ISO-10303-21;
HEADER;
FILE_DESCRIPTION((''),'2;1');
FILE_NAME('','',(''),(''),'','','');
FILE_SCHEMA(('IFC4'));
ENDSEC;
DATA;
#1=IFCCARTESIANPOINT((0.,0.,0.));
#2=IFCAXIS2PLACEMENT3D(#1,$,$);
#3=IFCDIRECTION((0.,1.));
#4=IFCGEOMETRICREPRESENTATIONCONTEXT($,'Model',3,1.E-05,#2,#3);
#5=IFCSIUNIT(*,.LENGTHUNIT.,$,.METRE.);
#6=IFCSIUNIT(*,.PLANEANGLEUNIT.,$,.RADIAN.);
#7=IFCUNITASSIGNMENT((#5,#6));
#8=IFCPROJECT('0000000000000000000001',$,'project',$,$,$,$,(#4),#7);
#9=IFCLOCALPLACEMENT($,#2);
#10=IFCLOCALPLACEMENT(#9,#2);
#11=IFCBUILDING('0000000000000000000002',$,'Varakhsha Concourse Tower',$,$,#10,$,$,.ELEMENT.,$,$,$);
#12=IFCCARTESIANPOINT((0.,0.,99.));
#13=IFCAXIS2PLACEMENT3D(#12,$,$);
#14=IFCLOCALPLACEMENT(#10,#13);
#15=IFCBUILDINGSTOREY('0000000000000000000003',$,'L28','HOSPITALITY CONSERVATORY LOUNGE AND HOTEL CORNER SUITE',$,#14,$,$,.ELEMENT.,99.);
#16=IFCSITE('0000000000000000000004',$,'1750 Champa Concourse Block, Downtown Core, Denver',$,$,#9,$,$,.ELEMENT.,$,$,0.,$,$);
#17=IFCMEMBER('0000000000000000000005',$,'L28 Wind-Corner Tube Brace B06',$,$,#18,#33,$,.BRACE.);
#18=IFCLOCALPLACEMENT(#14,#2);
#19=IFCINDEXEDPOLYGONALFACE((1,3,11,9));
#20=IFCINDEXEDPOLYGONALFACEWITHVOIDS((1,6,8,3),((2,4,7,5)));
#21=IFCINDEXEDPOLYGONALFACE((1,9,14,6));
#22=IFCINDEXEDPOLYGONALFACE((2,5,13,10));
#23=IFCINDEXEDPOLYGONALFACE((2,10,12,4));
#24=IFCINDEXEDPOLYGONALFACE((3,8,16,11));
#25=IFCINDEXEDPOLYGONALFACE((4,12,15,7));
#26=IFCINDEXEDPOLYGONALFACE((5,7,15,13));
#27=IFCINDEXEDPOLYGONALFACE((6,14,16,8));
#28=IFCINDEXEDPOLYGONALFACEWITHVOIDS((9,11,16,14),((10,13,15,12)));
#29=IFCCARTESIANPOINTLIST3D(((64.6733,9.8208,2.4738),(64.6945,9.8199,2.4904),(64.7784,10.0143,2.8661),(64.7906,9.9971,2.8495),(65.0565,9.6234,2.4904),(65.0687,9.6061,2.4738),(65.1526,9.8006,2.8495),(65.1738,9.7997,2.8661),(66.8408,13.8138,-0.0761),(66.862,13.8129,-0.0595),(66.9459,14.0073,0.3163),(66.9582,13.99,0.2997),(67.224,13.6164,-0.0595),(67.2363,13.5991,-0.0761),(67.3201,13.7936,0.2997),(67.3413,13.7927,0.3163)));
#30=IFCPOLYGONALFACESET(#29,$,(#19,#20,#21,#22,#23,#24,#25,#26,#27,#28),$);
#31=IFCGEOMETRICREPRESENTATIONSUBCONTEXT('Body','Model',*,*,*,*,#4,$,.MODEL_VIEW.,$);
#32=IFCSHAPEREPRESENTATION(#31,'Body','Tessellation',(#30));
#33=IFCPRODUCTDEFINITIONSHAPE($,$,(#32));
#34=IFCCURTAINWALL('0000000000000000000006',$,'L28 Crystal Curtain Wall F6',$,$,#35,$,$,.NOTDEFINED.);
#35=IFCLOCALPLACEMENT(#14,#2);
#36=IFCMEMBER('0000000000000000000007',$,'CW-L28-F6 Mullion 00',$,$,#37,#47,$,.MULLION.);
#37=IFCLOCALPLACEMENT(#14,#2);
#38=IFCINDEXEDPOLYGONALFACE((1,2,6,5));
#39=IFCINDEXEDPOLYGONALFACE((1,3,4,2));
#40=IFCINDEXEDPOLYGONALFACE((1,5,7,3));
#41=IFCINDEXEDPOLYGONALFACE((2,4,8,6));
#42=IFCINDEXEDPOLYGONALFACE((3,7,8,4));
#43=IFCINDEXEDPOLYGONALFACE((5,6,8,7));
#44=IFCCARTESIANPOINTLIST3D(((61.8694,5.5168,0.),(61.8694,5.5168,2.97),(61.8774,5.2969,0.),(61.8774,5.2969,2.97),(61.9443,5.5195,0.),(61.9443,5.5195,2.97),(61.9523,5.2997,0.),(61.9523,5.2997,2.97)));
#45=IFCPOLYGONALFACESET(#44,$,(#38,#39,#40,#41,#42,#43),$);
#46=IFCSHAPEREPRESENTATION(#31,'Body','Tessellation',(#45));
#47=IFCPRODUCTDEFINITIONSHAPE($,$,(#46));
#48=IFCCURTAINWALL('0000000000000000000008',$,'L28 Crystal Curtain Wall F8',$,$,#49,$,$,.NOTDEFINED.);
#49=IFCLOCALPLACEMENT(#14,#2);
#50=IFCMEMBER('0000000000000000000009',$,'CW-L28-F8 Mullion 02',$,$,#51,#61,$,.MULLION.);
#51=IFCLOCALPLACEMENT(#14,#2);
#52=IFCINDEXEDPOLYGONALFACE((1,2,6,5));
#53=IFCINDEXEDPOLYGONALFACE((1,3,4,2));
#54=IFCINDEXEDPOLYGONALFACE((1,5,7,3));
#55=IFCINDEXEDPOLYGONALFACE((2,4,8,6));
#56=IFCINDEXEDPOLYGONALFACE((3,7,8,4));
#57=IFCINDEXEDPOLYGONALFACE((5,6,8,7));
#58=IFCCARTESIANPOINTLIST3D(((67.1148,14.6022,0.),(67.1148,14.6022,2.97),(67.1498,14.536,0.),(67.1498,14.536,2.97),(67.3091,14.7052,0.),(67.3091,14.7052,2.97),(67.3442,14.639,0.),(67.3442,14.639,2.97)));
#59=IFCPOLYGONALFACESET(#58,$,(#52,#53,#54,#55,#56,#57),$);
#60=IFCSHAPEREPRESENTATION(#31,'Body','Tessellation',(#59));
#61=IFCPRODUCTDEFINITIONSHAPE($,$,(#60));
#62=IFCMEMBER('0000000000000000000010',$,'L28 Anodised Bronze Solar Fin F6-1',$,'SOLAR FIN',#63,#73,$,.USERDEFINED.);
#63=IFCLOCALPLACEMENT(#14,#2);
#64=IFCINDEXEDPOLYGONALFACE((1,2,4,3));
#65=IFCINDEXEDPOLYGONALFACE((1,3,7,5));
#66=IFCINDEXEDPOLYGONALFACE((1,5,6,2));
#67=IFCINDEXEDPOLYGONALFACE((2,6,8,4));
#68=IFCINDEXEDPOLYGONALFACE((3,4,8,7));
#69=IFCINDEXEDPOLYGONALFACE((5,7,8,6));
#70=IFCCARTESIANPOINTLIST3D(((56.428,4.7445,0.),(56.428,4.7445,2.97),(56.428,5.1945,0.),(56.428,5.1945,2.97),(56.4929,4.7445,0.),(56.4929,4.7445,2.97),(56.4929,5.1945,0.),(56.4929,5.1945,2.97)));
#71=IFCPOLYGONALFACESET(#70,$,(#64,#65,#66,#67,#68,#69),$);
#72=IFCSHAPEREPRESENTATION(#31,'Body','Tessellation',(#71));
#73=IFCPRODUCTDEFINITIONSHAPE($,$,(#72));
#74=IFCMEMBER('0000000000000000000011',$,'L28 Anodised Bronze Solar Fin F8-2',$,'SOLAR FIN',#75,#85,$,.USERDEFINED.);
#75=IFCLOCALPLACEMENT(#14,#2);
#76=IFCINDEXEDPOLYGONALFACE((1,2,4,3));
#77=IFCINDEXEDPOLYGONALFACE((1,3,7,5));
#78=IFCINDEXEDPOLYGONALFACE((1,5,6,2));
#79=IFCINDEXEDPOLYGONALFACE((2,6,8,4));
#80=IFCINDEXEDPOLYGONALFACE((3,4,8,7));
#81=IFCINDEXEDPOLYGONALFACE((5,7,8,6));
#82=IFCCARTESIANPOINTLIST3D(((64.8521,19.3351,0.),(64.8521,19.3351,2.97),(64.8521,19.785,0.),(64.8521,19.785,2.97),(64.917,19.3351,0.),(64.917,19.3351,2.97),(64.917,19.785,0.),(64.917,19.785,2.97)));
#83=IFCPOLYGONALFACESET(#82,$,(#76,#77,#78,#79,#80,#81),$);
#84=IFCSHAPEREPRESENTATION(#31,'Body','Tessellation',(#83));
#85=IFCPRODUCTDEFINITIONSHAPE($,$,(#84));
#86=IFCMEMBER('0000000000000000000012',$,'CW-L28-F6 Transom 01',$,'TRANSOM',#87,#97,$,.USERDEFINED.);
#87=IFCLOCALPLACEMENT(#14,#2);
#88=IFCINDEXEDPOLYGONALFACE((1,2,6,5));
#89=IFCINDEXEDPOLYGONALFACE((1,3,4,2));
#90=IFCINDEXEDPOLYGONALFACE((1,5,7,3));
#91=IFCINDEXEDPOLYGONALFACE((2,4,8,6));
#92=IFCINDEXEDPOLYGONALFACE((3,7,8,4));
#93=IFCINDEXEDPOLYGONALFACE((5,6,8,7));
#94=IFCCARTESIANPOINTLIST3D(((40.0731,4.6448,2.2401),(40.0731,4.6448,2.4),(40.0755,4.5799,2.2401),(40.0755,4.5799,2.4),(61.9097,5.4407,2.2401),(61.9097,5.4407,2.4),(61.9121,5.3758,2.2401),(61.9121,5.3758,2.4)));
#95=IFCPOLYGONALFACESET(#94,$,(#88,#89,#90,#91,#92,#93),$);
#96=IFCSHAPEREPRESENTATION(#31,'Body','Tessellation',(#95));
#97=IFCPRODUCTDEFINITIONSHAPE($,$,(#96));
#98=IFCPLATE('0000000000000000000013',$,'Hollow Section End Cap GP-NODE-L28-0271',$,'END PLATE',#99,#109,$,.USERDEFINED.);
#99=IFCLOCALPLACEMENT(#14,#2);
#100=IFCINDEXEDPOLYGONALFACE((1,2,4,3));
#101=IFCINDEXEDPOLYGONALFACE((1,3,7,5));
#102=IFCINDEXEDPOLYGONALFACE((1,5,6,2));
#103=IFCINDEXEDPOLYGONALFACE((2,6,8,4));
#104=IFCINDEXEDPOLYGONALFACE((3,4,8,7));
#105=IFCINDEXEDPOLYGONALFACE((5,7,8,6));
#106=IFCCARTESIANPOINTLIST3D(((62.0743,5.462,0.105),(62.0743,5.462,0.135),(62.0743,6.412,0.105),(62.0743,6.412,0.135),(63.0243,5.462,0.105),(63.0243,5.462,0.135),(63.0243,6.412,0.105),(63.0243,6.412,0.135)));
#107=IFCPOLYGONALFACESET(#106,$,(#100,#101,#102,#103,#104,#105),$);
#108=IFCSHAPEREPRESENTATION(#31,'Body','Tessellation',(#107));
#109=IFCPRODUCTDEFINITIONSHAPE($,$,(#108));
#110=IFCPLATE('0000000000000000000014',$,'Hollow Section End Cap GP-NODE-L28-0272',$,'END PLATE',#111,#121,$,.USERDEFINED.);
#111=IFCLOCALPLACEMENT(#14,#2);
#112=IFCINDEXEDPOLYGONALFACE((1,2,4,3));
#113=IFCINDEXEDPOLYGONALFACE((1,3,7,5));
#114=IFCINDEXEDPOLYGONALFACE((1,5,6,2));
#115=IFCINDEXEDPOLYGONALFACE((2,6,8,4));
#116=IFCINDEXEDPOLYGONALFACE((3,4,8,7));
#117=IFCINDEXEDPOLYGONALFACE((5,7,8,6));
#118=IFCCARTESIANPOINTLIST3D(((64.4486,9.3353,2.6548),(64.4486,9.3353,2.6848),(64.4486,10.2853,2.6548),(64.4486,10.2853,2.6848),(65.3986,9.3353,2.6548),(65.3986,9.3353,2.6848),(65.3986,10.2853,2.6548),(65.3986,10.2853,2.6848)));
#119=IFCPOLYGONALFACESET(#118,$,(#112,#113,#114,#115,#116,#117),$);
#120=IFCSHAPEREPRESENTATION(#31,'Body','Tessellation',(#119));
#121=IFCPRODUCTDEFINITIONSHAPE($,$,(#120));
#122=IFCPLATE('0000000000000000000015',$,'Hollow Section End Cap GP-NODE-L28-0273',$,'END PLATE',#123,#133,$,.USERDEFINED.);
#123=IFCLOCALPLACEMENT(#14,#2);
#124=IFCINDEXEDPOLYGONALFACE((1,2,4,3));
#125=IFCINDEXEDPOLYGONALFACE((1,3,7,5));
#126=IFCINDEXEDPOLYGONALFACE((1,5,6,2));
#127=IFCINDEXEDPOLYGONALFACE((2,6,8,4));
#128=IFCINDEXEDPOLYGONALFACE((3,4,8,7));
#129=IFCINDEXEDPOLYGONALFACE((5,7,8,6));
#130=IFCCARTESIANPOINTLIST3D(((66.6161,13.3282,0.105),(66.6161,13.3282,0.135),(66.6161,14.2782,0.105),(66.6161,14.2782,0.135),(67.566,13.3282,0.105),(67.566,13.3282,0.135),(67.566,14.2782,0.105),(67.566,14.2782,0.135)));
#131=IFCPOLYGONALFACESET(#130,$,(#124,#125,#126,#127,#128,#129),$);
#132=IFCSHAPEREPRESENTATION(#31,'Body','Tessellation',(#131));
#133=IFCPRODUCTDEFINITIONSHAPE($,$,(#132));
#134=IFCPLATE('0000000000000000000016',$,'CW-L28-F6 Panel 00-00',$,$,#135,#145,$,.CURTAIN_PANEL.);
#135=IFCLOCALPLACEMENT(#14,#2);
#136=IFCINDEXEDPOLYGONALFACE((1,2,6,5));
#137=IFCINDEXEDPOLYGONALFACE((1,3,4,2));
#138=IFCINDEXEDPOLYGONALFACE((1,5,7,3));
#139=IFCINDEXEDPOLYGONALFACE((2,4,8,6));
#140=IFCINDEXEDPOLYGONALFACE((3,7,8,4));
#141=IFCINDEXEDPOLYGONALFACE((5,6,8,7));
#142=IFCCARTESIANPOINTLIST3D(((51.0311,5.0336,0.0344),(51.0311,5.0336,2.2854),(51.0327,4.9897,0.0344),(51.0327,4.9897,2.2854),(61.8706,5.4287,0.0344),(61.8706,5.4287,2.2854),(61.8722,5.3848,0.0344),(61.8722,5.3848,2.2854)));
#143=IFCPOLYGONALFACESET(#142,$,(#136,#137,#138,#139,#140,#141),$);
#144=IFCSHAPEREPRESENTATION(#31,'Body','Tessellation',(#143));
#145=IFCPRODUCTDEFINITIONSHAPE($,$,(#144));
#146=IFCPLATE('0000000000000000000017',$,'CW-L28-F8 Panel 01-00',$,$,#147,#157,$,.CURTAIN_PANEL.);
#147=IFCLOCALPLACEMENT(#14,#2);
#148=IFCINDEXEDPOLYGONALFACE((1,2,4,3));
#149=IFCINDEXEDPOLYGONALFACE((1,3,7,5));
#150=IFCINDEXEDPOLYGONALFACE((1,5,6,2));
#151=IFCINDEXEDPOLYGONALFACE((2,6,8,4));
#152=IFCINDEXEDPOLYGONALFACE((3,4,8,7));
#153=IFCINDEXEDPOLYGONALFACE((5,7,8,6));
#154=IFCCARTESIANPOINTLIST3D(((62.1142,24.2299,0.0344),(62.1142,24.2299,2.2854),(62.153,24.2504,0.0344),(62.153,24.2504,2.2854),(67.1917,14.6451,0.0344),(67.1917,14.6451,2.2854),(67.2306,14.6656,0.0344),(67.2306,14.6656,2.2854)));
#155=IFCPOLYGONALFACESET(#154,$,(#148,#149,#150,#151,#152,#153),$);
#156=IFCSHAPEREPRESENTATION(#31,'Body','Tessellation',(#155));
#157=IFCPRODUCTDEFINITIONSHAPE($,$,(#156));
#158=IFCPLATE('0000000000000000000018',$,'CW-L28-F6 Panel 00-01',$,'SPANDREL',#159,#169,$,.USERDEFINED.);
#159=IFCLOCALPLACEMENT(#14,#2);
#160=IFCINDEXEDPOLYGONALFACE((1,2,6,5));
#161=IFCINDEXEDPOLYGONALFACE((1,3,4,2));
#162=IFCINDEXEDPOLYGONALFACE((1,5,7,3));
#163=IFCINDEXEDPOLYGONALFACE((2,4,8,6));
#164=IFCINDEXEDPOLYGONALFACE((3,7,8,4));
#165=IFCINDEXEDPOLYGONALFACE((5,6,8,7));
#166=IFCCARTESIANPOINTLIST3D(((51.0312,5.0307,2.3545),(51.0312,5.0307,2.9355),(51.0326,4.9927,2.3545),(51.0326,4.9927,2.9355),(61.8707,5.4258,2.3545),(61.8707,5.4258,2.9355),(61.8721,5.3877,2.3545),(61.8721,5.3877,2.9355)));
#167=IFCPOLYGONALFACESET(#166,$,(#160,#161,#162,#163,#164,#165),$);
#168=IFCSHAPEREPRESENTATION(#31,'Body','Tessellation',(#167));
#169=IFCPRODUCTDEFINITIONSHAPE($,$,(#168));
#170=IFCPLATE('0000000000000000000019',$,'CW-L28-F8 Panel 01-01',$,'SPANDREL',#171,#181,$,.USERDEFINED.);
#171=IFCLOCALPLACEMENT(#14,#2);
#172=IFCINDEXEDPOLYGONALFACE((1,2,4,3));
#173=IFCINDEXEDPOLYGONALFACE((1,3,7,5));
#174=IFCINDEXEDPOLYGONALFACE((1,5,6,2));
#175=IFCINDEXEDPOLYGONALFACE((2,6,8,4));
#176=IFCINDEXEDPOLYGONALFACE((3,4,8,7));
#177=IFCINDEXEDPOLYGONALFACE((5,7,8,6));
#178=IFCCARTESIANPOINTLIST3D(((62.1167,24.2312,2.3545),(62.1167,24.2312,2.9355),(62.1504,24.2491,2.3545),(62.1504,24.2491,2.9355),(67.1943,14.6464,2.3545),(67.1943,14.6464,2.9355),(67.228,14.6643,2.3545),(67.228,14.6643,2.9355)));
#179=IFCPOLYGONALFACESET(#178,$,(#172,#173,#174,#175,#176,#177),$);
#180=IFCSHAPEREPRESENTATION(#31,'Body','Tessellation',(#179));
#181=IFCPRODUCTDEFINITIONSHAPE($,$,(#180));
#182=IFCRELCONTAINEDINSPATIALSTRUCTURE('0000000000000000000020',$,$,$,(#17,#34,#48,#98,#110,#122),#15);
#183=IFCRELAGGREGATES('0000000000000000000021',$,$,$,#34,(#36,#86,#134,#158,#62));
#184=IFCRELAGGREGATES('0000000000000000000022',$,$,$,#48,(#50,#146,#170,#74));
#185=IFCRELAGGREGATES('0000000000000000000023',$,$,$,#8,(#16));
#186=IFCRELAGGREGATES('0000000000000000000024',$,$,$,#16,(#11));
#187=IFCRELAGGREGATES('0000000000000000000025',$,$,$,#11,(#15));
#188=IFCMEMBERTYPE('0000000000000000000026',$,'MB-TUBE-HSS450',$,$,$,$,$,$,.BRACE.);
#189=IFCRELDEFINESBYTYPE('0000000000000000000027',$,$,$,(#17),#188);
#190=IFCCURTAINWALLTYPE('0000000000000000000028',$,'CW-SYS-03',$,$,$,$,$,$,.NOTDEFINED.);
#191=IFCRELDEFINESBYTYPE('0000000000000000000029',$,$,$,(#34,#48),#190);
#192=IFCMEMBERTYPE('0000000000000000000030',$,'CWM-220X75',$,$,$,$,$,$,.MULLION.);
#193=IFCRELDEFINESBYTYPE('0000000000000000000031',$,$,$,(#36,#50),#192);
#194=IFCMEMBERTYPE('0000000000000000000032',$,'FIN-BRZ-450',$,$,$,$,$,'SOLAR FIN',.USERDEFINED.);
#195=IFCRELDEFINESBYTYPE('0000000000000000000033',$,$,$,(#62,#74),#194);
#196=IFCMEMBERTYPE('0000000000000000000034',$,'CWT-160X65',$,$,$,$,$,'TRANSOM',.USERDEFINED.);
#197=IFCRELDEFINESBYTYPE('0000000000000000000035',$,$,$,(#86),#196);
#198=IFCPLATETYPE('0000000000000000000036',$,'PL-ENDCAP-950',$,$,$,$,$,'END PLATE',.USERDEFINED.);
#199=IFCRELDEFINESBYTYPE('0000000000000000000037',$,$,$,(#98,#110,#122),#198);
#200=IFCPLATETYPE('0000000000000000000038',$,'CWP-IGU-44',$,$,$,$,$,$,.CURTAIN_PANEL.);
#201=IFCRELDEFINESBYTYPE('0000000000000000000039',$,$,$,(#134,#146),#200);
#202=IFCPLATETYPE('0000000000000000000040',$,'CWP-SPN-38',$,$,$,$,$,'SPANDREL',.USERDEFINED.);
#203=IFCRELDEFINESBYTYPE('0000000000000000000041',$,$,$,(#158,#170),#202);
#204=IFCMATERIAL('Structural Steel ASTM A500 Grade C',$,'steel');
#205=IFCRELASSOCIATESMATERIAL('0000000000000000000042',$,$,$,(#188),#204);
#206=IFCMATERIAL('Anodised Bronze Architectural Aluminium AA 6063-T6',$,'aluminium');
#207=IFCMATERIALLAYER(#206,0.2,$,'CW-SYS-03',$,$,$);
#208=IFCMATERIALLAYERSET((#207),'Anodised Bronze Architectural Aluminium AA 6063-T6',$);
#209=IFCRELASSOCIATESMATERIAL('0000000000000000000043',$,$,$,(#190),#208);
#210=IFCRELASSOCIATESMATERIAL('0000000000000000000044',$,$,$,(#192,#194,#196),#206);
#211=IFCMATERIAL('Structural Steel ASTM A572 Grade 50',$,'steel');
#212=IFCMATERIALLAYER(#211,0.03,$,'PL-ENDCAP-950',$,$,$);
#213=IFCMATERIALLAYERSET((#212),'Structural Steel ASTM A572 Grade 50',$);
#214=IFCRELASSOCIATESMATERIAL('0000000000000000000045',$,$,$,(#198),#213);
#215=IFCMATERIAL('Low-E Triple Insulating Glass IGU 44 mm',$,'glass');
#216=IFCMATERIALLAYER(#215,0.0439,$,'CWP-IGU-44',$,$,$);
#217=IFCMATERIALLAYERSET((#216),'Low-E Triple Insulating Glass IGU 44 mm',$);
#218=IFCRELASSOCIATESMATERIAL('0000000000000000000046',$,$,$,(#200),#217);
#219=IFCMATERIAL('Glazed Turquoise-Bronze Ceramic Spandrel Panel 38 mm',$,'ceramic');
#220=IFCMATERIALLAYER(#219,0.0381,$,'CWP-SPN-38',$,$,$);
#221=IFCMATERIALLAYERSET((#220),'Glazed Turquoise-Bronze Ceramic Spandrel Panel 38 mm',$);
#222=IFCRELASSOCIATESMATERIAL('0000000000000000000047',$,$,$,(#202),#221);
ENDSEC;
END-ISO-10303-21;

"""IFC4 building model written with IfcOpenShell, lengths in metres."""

from ifc_helpers import new_model, si_unit, direction, frame, origin, origin_2d, place, context, subcontext, project, spatial, rectangle, hollow_rectangle, extrude, source, transform, mapped, material, layer, layer_set, material_profile, profile_set, type_object, type_shapes, element, aggregate, save


model = new_model("IFC4")

# Units and contexts
model_context = context("Model", 3, precision=1e-05, world=origin(), true_north=direction((0.0, 1.0)))
body_context = subcontext(model_context, "Body", "Model", "MODEL_VIEW")
ifc_project = project(units=[si_unit("LENGTHUNIT", "METRE"), si_unit("PLANEANGLEUNIT", "RADIAN")], contexts=[model_context])

# Site, building, storey
site_placement = place(None, origin())
site = spatial("IfcSite", under=ifc_project, at=site_placement, Name="1750 Champa Concourse Block, Downtown Core, Denver", CompositionType="ELEMENT", RefElevation=0.0)
building_placement = place(site_placement, origin())
building = spatial("IfcBuilding", under=site, at=building_placement, Name="Varakhsha Concourse Tower", CompositionType="ELEMENT")
storey_placement = place(building_placement, frame((0.0, 0.0, 99.0)))
storey = spatial("IfcBuildingStorey", under=building, at=storey_placement, Name="L28", Description="HOSPITALITY CONSERVATORY LOUNGE AND HOTEL CORNER SUITE", CompositionType="ELEMENT", Elevation=99.0)

# Shared definitions
ifc_material_1 = material(Name="Structural Steel ASTM A572 Grade 50", Category="steel")

# Member
ifc_material_2 = material(Name="Structural Steel ASTM A500 Grade C", Category="steel")
ifc_material_profile_1 = material_profile(ifc_material_2, hollow_rectangle(XDim=0.45, YDim=0.45, WallThickness=0.019, at=origin_2d()), Name="HSS 450x450x19")
ifc_profile_set_1 = profile_set([ifc_material_profile_1], Name="Structural Steel ASTM A500 Grade C")
member_type_1 = type_object("IfcMemberType", Name="MB-TUBE-HSS450", PredefinedType="BRACE", material=ifc_profile_set_1)
shared_shape_1 = source(origin(), body_context, "Body", "SweptSolid", [
    extrude(hollow_rectangle(XDim=0.45, YDim=0.45, WallThickness=0.019, at=origin_2d()), origin(), (0.0, 0.0, 1.0), 5.21),
])
member_1_placement = place(storey_placement, frame((67.0911, 13.8032, 0.1201), z_axis=(-0.416032, -0.766413, 0.489417), x_axis=(0.878863, -0.477074, 0.0)))
element("IfcMember", 1, at=member_1_placement, inside=storey, type_object=member_type_1, Name="L28 Wind-Corner Tube Brace B06", PredefinedType="BRACE", context=body_context, shape_type="MappedRepresentation", body=[
    mapped(shared_shape_1, transform((0.0, 0.0, 0.0), scale=1.0)),
])

# Curtain walls, members
ifc_material_3 = material(Name="Anodised Bronze Architectural Aluminium AA 6063-T6", Category="aluminium")
ifc_layer_1 = layer(ifc_material_3, 0.2, Name="CW-SYS-03")
ifc_layer_set_1 = layer_set([ifc_layer_1], Name="Anodised Bronze Architectural Aluminium AA 6063-T6")
curtain_wall_type = type_object("IfcCurtainWallType", Name="CW-SYS-03", PredefinedType="NOTDEFINED", material=ifc_layer_set_1)
curtain_wall_1_placement = place(storey_placement, origin())
curtain_wall_1 = element("IfcCurtainWall", 2, at=curtain_wall_1_placement, inside=storey, type_object=curtain_wall_type, Name="L28 Crystal Curtain Wall F6", PredefinedType="NOTDEFINED")
ifc_material_profile_2 = material_profile(ifc_material_3, rectangle(XDim=0.075, YDim=0.22, at=origin_2d()), Name="CWM-220X75")
ifc_profile_set_2 = profile_set([ifc_material_profile_2], Name="Anodised Bronze Architectural Aluminium AA 6063-T6")
member_type_2 = type_object("IfcMemberType", Name="CWM-220X75", PredefinedType="MULLION", material=ifc_profile_set_2)
shared_shape_2 = source(origin(), body_context, "Body", "SweptSolid", [
    extrude(rectangle(XDim=0.075, YDim=0.22, at=origin_2d()), origin(), (0.0, 0.0, 1.0), 2.97),
])
type_shapes(member_type_2, [shared_shape_2])
member_2_placement = place(storey_placement, frame((61.9109, 5.4082, 0.0), z_axis=(0.0, 0.0, 1.0), x_axis=(-0.999336, -0.036424, 0.0)))
member_2 = element("IfcMember", 3, at=member_2_placement, type_object=member_type_2, Name="CW-L28-F6 Mullion 00", PredefinedType="MULLION", context=body_context, shape_type="MappedRepresentation", body=[
    mapped(shared_shape_2, transform((0.0, 0.0, 0.0), scale=1.0)),
])
curtain_wall_2_placement = place(storey_placement, origin())
curtain_wall_2 = element("IfcCurtainWall", 4, at=curtain_wall_2_placement, inside=storey, type_object=curtain_wall_type, Name="L28 Crystal Curtain Wall F8", PredefinedType="NOTDEFINED")
member_3_placement = place(storey_placement, frame((67.2295, 14.6206, 0.0), z_axis=(0.0, 0.0, 1.0), x_axis=(0.468124, -0.883663, 0.0)))
member_3 = element("IfcMember", 5, at=member_3_placement, type_object=member_type_2, Name="CW-L28-F8 Mullion 02", PredefinedType="MULLION", context=body_context, shape_type="MappedRepresentation", body=[
    mapped(shared_shape_2, transform((0.0, 0.0, 0.0), scale=1.0)),
])

# Members
ifc_material_profile_3 = material_profile(ifc_material_3, rectangle(XDim=0.0649, YDim=0.45, at=origin_2d()), Name="FIN-BRZ-450")
ifc_profile_set_3 = profile_set([ifc_material_profile_3], Name="Anodised Bronze Architectural Aluminium AA 6063-T6")
member_type_3 = type_object("IfcMemberType", Name="FIN-BRZ-450", ElementType="SOLAR FIN", PredefinedType="USERDEFINED", material=ifc_profile_set_3)
shared_shape_3 = source(origin(), body_context, "Body", "SweptSolid", [
    extrude(rectangle(XDim=0.0649, YDim=0.45, at=origin_2d()), origin(), (0.0, 0.0, 1.0), 2.97),
])
type_shapes(member_type_3, [shared_shape_3])
member_4_placement = place(storey_placement, frame((56.4604, 4.9695, 0.0), z_axis=(0.0, 0.0, 1.0), x_axis=(1.0, 0.0, 0.0)))
member_4 = element("IfcMember", 6, at=member_4_placement, type_object=member_type_3, Name="L28 Anodised Bronze Solar Fin F6-1", ObjectType="SOLAR FIN", PredefinedType="USERDEFINED", context=body_context, shape_type="MappedRepresentation", body=[
    mapped(shared_shape_3, transform((0.0, 0.0, 0.0), scale=1.0)),
])
member_5_placement = place(storey_placement, frame((64.8845, 19.5601, 0.0), z_axis=(0.0, 0.0, 1.0), x_axis=(1.0, 0.0, 0.0)))
member_5 = element("IfcMember", 7, at=member_5_placement, type_object=member_type_3, Name="L28 Anodised Bronze Solar Fin F8-2", ObjectType="SOLAR FIN", PredefinedType="USERDEFINED", context=body_context, shape_type="MappedRepresentation", body=[
    mapped(shared_shape_3, transform((0.0, 0.0, 0.0), scale=1.0)),
])
ifc_material_profile_4 = material_profile(ifc_material_3, rectangle(XDim=0.0649, YDim=0.1599, at=origin_2d()), Name="CWT-160X65")
ifc_profile_set_4 = profile_set([ifc_material_profile_4], Name="Anodised Bronze Architectural Aluminium AA 6063-T6")
member_type_4 = type_object("IfcMemberType", Name="CWT-160X65", ElementType="TRANSOM", PredefinedType="USERDEFINED", material=ifc_profile_set_4)
shared_shape_4 = source(origin(), body_context, "Body", "SweptSolid", [
    extrude(rectangle(XDim=0.0649, YDim=0.1599, at=origin_2d()), origin(), (0.0, 0.0, 1.0), 21.8511),
])
type_shapes(member_type_4, [shared_shape_4])
member_6_placement = place(storey_placement, frame((61.9109, 5.4082, 2.3201), z_axis=(-0.999336, -0.036424, 0.0), x_axis=(0.036424, -0.999336, 0.0)))
member_6 = element("IfcMember", 8, at=member_6_placement, type_object=member_type_4, Name="CW-L28-F6 Transom 01", ObjectType="TRANSOM", PredefinedType="USERDEFINED", context=body_context, shape_type="MappedRepresentation", body=[
    mapped(shared_shape_4, transform((0.0, 0.0, 0.0), scale=1.0)),
])

# Plates
ifc_layer_2 = layer(ifc_material_1, 0.03, Name="PL-ENDCAP-950")
ifc_layer_set_2 = layer_set([ifc_layer_2], Name="Structural Steel ASTM A572 Grade 50")
plate_type_1 = type_object("IfcPlateType", Name="PL-ENDCAP-950", ElementType="END PLATE", PredefinedType="USERDEFINED", material=ifc_layer_set_2)
shared_shape_5 = source(origin(), body_context, "Body", "SweptSolid", [
    extrude(rectangle(XDim=0.95, YDim=0.95, at=origin_2d()), origin(), (0.0, 0.0, 1.0), 0.03),
])
type_shapes(plate_type_1, [shared_shape_5])
for number, where, z_axis, x_axis, name in (
    (9, (62.5493, 5.937, 0.105), (0.0, 0.0, 1.0), (1.0, 0.0, 0.0), "Hollow Section End Cap GP-NODE-L28-0271"),
    (10, (64.9236, 9.8103, 2.6548), (0.0, 0.0, 1.0), (1.0, 0.0, 0.0), "Hollow Section End Cap GP-NODE-L28-0272"),
    (11, (67.0911, 13.8032, 0.105), (0.0, 0.0, 1.0), (1.0, 0.0, 0.0), "Hollow Section End Cap GP-NODE-L28-0273"),
):
    element("IfcPlate", number, at=place(storey_placement, frame(where, z_axis=z_axis, x_axis=x_axis)), inside=storey, type_object=plate_type_1, Name=name, ObjectType="END PLATE", PredefinedType="USERDEFINED", context=body_context, shape_type="MappedRepresentation", body=[
        mapped(shared_shape_5, transform((0.0, 0.0, 0.0), scale=1.0)),
    ])

# Plates
ifc_material_4 = material(Name="Low-E Triple Insulating Glass IGU 44 mm", Category="glass")
ifc_layer_3 = layer(ifc_material_4, 0.0439, Name="CWP-IGU-44")
ifc_layer_set_3 = layer_set([ifc_layer_3], Name="Low-E Triple Insulating Glass IGU 44 mm")
plate_type_2 = type_object("IfcPlateType", Name="CWP-IGU-44", PredefinedType="CURTAIN_PANEL", material=ifc_layer_set_3)
shared_shape_6 = source(origin(), body_context, "Body", "SweptSolid", [
    extrude(rectangle(XDim=10.8467, YDim=0.0439, at=origin_2d()), origin(), (0.0, 0.0, 1.0), 2.251),
])
type_shapes(plate_type_2, [shared_shape_6])
plate_1_placement = place(storey_placement, frame((56.4517, 5.2092, 0.0344), z_axis=(0.0, 0.0, 1.0), x_axis=(-0.999336, -0.036424, 0.0)))
plate_1 = element("IfcPlate", 12, at=plate_1_placement, type_object=plate_type_2, Name="CW-L28-F6 Panel 00-00", PredefinedType="CURTAIN_PANEL", context=body_context, shape_type="MappedRepresentation", body=[
    mapped(shared_shape_6, transform((0.0, 0.0, 0.0), scale=1.0)),
])
plate_2_placement = place(storey_placement, frame((64.6724, 19.4478, 0.0344), z_axis=(0.0, 0.0, 1.0), x_axis=(0.468124, -0.883663, 0.0)))
plate_2 = element("IfcPlate", 13, at=plate_2_placement, type_object=plate_type_2, Name="CW-L28-F8 Panel 01-00", PredefinedType="CURTAIN_PANEL", context=body_context, shape_type="MappedRepresentation", body=[
    mapped(shared_shape_6, transform((0.0, 0.0, 0.0), scale=1.0)),
])
ifc_material_5 = material(Name="Glazed Turquoise-Bronze Ceramic Spandrel Panel 38 mm", Category="ceramic")
ifc_layer_4 = layer(ifc_material_5, 0.0381, Name="CWP-SPN-38")
ifc_layer_set_4 = layer_set([ifc_layer_4], Name="Glazed Turquoise-Bronze Ceramic Spandrel Panel 38 mm")
plate_type_3 = type_object("IfcPlateType", Name="CWP-SPN-38", ElementType="SPANDREL", PredefinedType="USERDEFINED", material=ifc_layer_set_4)
shared_shape_7 = source(origin(), body_context, "Body", "SweptSolid", [
    extrude(rectangle(XDim=10.8467, YDim=0.0381, at=origin_2d()), origin(), (0.0, 0.0, 1.0), 0.5811),
])
type_shapes(plate_type_3, [shared_shape_7])
plate_3_placement = place(storey_placement, frame((56.4517, 5.2092, 2.3545), z_axis=(0.0, 0.0, 1.0), x_axis=(-0.999336, -0.036424, 0.0)))
plate_3 = element("IfcPlate", 14, at=plate_3_placement, type_object=plate_type_3, Name="CW-L28-F6 Panel 00-01", ObjectType="SPANDREL", PredefinedType="USERDEFINED", context=body_context, shape_type="MappedRepresentation", body=[
    mapped(shared_shape_7, transform((0.0, 0.0, 0.0), scale=1.0)),
])
aggregate(curtain_wall_1, [member_2, member_6, plate_1, plate_3, member_4])
plate_4_placement = place(storey_placement, frame((64.6724, 19.4478, 2.3545), z_axis=(0.0, 0.0, 1.0), x_axis=(0.468124, -0.883663, 0.0)))
plate_4 = element("IfcPlate", 15, at=plate_4_placement, type_object=plate_type_3, Name="CW-L28-F8 Panel 01-01", ObjectType="SPANDREL", PredefinedType="USERDEFINED", context=body_context, shape_type="MappedRepresentation", body=[
    mapped(shared_shape_7, transform((0.0, 0.0, 0.0), scale=1.0)),
])
aggregate(curtain_wall_2, [member_3, plate_2, plate_4, member_5])

save(model, "model.ifc")
